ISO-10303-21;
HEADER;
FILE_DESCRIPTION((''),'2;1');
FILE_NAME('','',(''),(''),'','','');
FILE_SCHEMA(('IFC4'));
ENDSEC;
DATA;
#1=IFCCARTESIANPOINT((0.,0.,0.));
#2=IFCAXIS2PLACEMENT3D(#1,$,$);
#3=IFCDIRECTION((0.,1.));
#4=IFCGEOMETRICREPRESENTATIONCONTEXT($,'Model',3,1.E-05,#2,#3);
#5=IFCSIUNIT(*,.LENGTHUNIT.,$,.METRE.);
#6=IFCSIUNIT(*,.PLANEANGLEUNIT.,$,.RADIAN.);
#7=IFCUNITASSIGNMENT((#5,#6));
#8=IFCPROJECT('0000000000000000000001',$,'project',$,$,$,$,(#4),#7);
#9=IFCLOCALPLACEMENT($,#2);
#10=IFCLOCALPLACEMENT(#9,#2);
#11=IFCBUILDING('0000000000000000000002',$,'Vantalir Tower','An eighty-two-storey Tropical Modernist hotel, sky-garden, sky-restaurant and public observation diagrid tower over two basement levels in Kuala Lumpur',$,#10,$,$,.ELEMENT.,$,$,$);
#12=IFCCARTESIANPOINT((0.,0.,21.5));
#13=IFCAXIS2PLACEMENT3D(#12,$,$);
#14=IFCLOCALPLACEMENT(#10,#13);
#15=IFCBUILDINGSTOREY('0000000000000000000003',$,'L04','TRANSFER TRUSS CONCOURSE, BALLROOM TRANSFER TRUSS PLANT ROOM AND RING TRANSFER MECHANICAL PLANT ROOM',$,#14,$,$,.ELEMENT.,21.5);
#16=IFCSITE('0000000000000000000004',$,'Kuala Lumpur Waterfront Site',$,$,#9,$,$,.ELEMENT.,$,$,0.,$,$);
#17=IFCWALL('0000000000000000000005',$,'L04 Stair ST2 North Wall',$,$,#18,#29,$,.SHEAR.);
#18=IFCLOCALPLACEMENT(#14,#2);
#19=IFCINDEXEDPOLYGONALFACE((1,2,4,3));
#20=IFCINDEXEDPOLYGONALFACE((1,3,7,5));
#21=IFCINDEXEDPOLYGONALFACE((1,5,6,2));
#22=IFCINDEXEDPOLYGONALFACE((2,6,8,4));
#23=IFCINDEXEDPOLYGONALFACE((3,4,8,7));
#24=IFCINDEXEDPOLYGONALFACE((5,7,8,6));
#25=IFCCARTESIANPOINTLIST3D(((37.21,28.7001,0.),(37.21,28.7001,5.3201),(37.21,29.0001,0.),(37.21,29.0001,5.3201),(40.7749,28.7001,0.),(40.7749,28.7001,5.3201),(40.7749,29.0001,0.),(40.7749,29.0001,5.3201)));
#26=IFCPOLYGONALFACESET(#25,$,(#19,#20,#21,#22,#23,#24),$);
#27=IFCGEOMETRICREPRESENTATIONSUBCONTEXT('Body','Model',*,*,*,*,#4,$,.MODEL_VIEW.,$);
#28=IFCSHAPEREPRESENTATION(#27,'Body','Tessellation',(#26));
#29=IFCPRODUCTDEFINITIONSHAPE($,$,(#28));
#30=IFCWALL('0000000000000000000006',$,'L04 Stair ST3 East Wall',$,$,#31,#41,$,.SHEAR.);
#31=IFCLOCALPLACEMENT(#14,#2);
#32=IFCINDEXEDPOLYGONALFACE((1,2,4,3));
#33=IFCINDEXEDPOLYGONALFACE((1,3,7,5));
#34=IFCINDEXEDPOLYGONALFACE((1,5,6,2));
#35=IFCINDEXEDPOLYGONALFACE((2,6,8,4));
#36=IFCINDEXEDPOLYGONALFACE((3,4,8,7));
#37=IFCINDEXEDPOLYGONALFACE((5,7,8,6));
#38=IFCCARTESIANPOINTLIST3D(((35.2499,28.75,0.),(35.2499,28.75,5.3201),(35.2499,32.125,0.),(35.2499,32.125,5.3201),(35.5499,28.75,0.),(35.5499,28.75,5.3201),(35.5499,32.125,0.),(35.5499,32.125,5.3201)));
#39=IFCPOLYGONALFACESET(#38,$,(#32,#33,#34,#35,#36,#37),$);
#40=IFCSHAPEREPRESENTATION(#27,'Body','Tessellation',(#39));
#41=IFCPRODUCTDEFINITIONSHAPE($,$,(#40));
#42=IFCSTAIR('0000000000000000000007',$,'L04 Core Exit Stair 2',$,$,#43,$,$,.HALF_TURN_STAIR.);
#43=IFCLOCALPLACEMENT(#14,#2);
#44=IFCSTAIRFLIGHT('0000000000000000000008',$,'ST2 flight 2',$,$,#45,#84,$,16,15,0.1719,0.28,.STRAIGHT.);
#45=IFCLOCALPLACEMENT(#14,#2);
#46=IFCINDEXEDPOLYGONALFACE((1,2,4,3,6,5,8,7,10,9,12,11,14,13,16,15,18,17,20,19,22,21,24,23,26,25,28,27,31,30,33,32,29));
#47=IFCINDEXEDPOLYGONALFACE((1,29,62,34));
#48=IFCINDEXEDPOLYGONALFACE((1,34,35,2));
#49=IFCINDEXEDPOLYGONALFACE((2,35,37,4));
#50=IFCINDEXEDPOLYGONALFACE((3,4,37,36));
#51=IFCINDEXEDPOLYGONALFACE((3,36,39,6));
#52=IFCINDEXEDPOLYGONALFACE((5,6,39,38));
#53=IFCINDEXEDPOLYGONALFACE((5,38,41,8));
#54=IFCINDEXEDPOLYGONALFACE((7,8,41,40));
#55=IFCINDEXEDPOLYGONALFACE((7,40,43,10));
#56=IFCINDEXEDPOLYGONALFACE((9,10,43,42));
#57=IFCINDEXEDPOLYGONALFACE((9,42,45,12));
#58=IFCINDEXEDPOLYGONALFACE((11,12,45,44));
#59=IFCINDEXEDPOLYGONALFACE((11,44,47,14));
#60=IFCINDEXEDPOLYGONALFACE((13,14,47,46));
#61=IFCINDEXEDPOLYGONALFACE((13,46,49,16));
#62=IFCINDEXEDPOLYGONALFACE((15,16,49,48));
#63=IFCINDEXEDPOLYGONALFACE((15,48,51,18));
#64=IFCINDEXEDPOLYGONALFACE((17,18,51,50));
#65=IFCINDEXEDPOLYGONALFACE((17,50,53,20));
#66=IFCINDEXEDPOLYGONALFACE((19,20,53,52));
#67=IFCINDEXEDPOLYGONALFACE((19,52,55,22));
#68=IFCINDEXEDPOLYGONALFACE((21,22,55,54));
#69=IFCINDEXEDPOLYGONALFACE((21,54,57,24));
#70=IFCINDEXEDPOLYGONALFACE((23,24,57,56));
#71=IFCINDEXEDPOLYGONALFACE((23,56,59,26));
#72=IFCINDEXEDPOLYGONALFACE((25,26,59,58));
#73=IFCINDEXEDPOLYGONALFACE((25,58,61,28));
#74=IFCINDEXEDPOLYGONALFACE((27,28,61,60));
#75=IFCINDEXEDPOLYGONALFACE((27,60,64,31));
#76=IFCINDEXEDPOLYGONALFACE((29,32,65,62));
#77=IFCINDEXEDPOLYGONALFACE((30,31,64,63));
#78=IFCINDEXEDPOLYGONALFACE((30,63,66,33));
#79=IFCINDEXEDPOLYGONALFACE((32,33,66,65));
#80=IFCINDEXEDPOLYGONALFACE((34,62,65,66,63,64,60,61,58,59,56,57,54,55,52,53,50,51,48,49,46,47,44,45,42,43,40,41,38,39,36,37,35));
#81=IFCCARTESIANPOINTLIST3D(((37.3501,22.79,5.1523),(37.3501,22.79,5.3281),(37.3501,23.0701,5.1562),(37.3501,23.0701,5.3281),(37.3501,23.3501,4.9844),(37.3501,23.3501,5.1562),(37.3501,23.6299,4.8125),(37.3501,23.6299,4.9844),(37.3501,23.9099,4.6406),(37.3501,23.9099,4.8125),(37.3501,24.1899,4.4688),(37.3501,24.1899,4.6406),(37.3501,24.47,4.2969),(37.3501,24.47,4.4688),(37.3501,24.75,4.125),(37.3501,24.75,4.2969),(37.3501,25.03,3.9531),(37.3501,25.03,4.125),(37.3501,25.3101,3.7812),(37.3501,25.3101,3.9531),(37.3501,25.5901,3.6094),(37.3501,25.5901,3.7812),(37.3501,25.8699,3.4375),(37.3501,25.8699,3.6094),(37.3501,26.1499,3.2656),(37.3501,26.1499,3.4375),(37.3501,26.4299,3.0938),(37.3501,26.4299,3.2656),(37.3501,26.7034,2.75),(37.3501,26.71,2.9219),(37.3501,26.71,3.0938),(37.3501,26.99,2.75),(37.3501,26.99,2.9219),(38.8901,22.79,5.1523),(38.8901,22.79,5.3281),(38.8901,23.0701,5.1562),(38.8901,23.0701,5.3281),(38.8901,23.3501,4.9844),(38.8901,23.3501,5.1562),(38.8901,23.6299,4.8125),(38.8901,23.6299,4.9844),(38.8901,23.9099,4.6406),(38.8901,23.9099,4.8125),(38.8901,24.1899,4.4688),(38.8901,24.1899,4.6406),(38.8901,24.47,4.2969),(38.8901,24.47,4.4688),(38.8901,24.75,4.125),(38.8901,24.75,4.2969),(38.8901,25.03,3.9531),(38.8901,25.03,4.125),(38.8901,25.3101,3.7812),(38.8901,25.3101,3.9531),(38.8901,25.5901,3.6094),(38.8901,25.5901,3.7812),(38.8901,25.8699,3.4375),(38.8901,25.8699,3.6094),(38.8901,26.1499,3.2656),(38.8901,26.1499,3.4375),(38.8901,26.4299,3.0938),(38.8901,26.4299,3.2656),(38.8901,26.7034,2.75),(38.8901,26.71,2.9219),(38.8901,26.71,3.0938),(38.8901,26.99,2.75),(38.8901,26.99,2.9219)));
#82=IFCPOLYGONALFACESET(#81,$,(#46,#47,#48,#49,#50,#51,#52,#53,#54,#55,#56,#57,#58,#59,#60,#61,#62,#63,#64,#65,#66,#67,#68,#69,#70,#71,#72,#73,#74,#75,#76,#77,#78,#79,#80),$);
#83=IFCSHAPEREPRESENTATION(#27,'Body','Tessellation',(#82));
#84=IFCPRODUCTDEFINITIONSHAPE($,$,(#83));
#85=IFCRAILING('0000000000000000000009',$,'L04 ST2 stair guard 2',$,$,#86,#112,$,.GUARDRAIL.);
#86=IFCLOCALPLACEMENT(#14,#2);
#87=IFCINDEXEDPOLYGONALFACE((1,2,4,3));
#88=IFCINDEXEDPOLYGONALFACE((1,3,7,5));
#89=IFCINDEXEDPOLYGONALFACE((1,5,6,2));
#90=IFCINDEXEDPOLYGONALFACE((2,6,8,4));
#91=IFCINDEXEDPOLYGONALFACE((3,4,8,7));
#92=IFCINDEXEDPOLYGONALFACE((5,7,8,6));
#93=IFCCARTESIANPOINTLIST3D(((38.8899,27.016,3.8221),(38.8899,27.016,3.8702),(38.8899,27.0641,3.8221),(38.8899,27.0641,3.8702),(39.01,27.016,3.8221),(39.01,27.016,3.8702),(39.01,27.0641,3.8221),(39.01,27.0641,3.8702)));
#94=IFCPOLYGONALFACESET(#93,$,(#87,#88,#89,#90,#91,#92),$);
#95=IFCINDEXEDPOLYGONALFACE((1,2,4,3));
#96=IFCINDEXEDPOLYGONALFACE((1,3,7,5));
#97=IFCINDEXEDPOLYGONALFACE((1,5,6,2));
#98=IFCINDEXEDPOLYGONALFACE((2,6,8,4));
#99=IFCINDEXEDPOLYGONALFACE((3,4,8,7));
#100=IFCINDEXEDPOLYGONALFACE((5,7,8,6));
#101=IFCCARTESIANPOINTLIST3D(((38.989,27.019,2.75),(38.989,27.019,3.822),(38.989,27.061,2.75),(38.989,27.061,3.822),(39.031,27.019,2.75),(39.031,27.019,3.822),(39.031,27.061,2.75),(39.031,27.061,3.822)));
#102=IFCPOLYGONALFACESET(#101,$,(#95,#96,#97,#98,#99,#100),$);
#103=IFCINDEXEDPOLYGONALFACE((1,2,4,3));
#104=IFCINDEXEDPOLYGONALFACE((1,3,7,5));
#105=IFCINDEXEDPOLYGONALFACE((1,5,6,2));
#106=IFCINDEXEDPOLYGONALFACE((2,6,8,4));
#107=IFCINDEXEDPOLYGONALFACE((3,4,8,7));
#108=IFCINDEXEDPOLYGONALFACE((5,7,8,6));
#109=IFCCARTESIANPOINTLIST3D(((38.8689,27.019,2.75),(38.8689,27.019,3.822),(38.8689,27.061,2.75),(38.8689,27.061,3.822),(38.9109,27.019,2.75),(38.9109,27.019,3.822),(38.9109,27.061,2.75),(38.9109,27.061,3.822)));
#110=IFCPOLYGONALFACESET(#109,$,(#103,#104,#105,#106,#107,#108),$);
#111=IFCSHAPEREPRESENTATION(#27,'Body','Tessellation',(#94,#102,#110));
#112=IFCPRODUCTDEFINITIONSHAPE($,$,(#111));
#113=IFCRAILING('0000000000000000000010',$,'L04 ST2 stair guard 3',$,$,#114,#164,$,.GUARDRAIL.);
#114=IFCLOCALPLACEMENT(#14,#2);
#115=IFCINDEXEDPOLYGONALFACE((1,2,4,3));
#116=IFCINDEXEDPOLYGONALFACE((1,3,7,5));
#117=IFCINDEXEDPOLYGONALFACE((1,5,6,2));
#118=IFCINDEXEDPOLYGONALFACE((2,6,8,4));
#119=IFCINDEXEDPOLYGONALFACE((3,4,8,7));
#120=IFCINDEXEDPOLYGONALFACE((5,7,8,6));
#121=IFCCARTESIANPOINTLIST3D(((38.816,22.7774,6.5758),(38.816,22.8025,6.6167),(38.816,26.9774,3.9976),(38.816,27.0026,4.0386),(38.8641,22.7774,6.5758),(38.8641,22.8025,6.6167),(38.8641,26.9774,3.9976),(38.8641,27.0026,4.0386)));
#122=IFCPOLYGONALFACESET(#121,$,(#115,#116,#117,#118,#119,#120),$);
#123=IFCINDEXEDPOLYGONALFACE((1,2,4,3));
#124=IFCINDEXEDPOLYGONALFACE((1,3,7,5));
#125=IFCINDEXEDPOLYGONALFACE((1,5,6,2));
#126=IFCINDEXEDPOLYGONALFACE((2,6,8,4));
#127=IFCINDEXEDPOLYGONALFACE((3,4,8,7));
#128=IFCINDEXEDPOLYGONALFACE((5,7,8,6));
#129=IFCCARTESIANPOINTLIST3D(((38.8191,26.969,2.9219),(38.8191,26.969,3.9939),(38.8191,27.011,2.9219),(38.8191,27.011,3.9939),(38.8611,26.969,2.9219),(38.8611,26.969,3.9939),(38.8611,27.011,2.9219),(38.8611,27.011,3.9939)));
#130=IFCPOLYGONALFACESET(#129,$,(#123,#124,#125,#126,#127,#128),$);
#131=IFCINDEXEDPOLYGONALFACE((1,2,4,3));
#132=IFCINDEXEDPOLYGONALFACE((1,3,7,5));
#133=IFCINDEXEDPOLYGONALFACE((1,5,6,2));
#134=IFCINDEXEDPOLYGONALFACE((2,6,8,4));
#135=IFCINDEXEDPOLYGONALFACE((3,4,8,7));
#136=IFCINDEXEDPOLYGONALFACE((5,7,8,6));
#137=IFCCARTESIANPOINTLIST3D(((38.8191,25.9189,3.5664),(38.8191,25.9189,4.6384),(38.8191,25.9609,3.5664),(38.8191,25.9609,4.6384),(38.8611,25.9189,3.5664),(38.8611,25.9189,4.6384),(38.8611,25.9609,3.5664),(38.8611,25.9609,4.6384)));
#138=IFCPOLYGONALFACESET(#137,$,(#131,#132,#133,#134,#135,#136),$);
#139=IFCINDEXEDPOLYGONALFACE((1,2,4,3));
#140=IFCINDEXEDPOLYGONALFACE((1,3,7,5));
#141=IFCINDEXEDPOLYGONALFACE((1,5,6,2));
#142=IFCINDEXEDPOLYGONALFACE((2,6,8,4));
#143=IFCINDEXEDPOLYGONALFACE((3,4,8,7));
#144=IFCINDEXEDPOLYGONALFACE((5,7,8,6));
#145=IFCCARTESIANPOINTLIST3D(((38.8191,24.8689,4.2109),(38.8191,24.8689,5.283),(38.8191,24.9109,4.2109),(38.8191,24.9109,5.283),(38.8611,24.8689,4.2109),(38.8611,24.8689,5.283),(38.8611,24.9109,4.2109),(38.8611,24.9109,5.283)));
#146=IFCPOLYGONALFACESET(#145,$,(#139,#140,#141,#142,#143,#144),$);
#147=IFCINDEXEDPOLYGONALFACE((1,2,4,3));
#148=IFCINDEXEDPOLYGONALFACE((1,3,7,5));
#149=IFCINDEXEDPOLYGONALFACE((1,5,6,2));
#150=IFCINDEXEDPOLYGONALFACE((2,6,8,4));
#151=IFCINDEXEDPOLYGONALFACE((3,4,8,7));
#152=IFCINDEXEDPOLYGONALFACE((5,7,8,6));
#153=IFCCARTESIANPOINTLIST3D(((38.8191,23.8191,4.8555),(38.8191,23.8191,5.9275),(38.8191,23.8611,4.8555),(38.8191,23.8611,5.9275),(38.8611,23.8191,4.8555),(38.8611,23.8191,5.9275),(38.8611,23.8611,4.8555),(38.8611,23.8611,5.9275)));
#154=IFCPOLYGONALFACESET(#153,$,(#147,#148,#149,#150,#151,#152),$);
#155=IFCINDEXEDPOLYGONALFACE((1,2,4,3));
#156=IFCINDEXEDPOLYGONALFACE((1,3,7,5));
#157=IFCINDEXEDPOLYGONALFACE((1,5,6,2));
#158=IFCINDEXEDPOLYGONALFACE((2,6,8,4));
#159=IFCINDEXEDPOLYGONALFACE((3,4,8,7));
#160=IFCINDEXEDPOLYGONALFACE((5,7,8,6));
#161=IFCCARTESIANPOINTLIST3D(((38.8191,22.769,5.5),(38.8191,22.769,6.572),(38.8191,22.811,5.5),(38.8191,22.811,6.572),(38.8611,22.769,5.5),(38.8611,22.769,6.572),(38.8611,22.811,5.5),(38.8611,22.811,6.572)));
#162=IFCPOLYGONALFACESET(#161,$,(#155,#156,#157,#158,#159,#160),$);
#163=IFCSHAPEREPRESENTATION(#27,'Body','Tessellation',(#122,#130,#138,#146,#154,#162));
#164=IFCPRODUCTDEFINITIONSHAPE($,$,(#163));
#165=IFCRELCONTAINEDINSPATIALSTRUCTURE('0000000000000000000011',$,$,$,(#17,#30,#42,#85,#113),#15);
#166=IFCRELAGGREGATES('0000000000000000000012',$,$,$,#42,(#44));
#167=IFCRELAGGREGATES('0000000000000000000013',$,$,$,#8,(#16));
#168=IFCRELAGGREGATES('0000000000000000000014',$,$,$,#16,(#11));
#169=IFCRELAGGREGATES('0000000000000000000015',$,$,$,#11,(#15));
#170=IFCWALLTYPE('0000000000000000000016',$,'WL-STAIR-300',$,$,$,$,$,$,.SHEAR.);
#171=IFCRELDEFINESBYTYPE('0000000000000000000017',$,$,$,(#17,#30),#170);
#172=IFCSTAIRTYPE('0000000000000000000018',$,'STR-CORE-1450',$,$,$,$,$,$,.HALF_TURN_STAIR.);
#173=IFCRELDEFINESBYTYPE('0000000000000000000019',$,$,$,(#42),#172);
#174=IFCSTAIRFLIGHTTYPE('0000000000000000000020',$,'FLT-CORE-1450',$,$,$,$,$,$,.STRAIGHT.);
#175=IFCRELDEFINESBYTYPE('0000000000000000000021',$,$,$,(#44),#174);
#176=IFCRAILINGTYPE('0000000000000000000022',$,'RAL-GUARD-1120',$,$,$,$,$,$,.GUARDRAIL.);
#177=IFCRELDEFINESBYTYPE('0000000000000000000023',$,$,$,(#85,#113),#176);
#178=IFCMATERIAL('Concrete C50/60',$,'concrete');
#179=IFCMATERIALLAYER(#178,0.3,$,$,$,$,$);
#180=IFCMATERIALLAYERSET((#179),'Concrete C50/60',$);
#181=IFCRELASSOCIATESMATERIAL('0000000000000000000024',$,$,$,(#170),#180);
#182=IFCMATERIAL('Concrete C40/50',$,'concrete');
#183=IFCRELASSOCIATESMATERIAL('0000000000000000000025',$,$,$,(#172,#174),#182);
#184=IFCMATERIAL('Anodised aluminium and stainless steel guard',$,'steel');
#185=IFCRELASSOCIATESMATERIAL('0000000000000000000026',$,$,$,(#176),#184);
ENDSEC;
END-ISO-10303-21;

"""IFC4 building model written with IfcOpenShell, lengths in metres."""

from ifc_helpers import new_model, si_unit, direction, frame, frame_2d, origin, origin_2d, place, context, subcontext, project, spatial, polyline, rectangle, outline, extrude, material, layer, layer_set, type_object, element, aggregate, save


model = new_model("IFC4")

# Units and contexts
model_context = context("Model", 3, precision=1e-05, world=origin(), true_north=direction((0.0, 1.0)))
body_context = subcontext(model_context, "Body", "Model", "MODEL_VIEW")
ifc_project = project(units=[si_unit("LENGTHUNIT", "METRE"), si_unit("PLANEANGLEUNIT", "RADIAN")], contexts=[model_context])

# Site, building, storey
site_placement = place(None, origin())
site = spatial("IfcSite", under=ifc_project, at=site_placement, Name="Kuala Lumpur Waterfront Site", CompositionType="ELEMENT", RefElevation=0.0)
building_placement = place(site_placement, origin())
building = spatial("IfcBuilding", under=site, at=building_placement, Name="Vantalir Tower", Description="An eighty-two-storey Tropical Modernist hotel, sky-garden, sky-restaurant and public observation diagrid tower over two basement levels in Kuala Lumpur", CompositionType="ELEMENT")
storey_placement = place(building_placement, frame((0.0, 0.0, 21.5)))
storey = spatial("IfcBuildingStorey", under=building, at=storey_placement, Name="L04", Description="TRANSFER TRUSS CONCOURSE, BALLROOM TRANSFER TRUSS PLANT ROOM AND RING TRANSFER MECHANICAL PLANT ROOM", CompositionType="ELEMENT", Elevation=21.5)

# Walls
ifc_material_1 = material(Name="Concrete C50/60", Category="concrete")
ifc_layer_1 = layer(ifc_material_1, 0.3)
ifc_layer_set_1 = layer_set([ifc_layer_1], Name="Concrete C50/60")
wall_type_1 = type_object("IfcWallType", Name="WL-STAIR-300", PredefinedType="SHEAR", material=ifc_layer_set_1)
wall_1_placement = place(storey_placement, frame((37.21, 28.8501, 0.0), z_axis=(0.0, 0.0, 1.0), x_axis=(1.0, 0.0, 0.0)))
element("IfcWall", 1, at=wall_1_placement, inside=storey, type_object=wall_type_1, Name="L04 Stair ST2 North Wall", PredefinedType="SHEAR", context=body_context, shape_type="SweptSolid", body=[
    extrude(rectangle(XDim=3.5649, YDim=0.3, at=frame_2d((1.7825, 0.0))), origin(), (0.0, 0.0, 1.0), 5.3201),
])
wall_2_placement = place(storey_placement, frame((35.3999, 28.75, 0.0), z_axis=(0.0, 0.0, 1.0), x_axis=(0.0, 1.0, 0.0)))
element("IfcWall", 2, at=wall_2_placement, inside=storey, type_object=wall_type_1, Name="L04 Stair ST3 East Wall", PredefinedType="SHEAR", context=body_context, shape_type="SweptSolid", body=[
    extrude(rectangle(XDim=3.375, YDim=0.3, at=frame_2d((1.6875, 0.0))), origin(), (0.0, 0.0, 1.0), 5.3201),
])

# Stair, stair flight
ifc_material_2 = material(Name="Concrete C40/50", Category="concrete")
stair_type = type_object("IfcStairType", Name="STR-CORE-1450", PredefinedType="HALF_TURN_STAIR", material=ifc_material_2)
stair_placement = place(storey_placement, origin())
stair = element("IfcStair", 3, at=stair_placement, inside=storey, type_object=stair_type, Name="L04 Core Exit Stair 2", PredefinedType="HALF_TURN_STAIR")
stair_flight_type = type_object("IfcStairFlightType", Name="FLT-CORE-1450", PredefinedType="STRAIGHT", material=ifc_material_2)
stair_flight_placement = place(storey_placement, frame((38.1201, 26.99, 2.75), z_axis=(0.0, 0.0, 1.0), x_axis=(0.0, -1.0, 0.0)))
stair_flight = element("IfcStairFlight", 4, at=stair_flight_placement, type_object=stair_flight_type, Name="ST2 flight 2", NumberOfRisers=16, NumberOfTreads=15, PredefinedType="STRAIGHT", RiserHeight=0.1719, TreadLength=0.28, context=body_context, shape_type="SweptSolid", body=[
    extrude(outline(polyline([(0.0, 0.0), (0.0, 0.1719), (0.28, 0.1719), (0.28, 0.3438), (0.5601, 0.3438), (0.5601, 0.5156), (0.8401, 0.5156), (0.8401, 0.6875), (1.1201, 0.6875), (1.1201, 0.8594), (1.3999, 0.8594), (1.3999, 1.0312), (1.6799, 1.0312), (1.6799, 1.2031), (1.96, 1.2031), (1.96, 1.375), (2.24, 1.375), (2.24, 1.5469), (2.52, 1.5469), (2.52, 1.7188), (2.8, 1.7188), (2.8, 1.8906), (3.0801, 1.8906), (3.0801, 2.0625), (3.3601, 2.0625), (3.3601, 2.2344), (3.6399, 2.2344), (3.6399, 2.4062), (3.9199, 2.4062), (3.9199, 2.5781), (4.2, 2.5781), (4.2, 2.75), (4.2, 2.4023), (0.2866, 0.0), (0.0, 0.0)])), frame((0.0, 0.77, 0.0), z_axis=(0.0, -1.0, 0.0), x_axis=(1.0, 0.0, 0.0)), (0.0, 0.0, 1.0), 1.54),
])
aggregate(stair, [stair_flight])

# Railings
ifc_material_3 = material(Name="Anodised aluminium and stainless steel guard", Category="steel")
railing_type_1 = type_object("IfcRailingType", Name="RAL-GUARD-1120", PredefinedType="GUARDRAIL", material=ifc_material_3)
railing_1_placement = place(storey_placement, frame((39.01, 27.04, 2.75)))
element("IfcRailing", 5, at=railing_1_placement, inside=storey, type_object=railing_type_1, Name="L04 ST2 stair guard 2", PredefinedType="GUARDRAIL", context=body_context, shape_type="SweptSolid", body=[
    extrude(rectangle(XDim=0.0481, YDim=0.0481, at=origin_2d()), frame((0.0, 0.0, 1.0962), z_axis=(-1.0, 0.0, 0.0), x_axis=(0.0, -1.0, 0.0)), (0.0, 0.0, 1.0), 0.1201),
    extrude(rectangle(XDim=0.042, YDim=0.042, at=origin_2d()), origin(), (0.0, 0.0, 1.0), 1.072),
    extrude(rectangle(XDim=0.042, YDim=0.042, at=origin_2d()), frame((-0.1201, 0.0, 0.0)), (0.0, 0.0, 1.0), 1.072),
])
railing_2_placement = place(storey_placement, frame((38.8401, 26.99, 2.9219)))
element("IfcRailing", 6, at=railing_2_placement, inside=storey, type_object=railing_type_1, Name="L04 ST2 stair guard 3", PredefinedType="GUARDRAIL", context=body_context, shape_type="SweptSolid", body=[
    extrude(rectangle(XDim=0.0481, YDim=0.0481, at=origin_2d()), frame((0.0, 0.0, 1.0962), z_axis=(0.0, -0.852243, 0.523146), x_axis=(1.0, 0.0, 0.0)), (0.0, 0.0, 1.0), 4.9282),
    extrude(rectangle(XDim=0.042, YDim=0.042, at=origin_2d()), origin(), (0.0, 0.0, 1.0), 1.072),
    extrude(rectangle(XDim=0.042, YDim=0.042, at=origin_2d()), frame((0.0, -1.05, 0.6445)), (0.0, 0.0, 1.0), 1.072),
    extrude(rectangle(XDim=0.042, YDim=0.042, at=origin_2d()), frame((0.0, -2.1001, 1.2891)), (0.0, 0.0, 1.0), 1.072),
    extrude(rectangle(XDim=0.042, YDim=0.042, at=origin_2d()), frame((0.0, -3.1499, 1.9336)), (0.0, 0.0, 1.0), 1.072),
    extrude(rectangle(XDim=0.042, YDim=0.042, at=origin_2d()), frame((0.0, -4.2, 2.5781)), (0.0, 0.0, 1.0), 1.072),
])

save(model, "model.ifc")
